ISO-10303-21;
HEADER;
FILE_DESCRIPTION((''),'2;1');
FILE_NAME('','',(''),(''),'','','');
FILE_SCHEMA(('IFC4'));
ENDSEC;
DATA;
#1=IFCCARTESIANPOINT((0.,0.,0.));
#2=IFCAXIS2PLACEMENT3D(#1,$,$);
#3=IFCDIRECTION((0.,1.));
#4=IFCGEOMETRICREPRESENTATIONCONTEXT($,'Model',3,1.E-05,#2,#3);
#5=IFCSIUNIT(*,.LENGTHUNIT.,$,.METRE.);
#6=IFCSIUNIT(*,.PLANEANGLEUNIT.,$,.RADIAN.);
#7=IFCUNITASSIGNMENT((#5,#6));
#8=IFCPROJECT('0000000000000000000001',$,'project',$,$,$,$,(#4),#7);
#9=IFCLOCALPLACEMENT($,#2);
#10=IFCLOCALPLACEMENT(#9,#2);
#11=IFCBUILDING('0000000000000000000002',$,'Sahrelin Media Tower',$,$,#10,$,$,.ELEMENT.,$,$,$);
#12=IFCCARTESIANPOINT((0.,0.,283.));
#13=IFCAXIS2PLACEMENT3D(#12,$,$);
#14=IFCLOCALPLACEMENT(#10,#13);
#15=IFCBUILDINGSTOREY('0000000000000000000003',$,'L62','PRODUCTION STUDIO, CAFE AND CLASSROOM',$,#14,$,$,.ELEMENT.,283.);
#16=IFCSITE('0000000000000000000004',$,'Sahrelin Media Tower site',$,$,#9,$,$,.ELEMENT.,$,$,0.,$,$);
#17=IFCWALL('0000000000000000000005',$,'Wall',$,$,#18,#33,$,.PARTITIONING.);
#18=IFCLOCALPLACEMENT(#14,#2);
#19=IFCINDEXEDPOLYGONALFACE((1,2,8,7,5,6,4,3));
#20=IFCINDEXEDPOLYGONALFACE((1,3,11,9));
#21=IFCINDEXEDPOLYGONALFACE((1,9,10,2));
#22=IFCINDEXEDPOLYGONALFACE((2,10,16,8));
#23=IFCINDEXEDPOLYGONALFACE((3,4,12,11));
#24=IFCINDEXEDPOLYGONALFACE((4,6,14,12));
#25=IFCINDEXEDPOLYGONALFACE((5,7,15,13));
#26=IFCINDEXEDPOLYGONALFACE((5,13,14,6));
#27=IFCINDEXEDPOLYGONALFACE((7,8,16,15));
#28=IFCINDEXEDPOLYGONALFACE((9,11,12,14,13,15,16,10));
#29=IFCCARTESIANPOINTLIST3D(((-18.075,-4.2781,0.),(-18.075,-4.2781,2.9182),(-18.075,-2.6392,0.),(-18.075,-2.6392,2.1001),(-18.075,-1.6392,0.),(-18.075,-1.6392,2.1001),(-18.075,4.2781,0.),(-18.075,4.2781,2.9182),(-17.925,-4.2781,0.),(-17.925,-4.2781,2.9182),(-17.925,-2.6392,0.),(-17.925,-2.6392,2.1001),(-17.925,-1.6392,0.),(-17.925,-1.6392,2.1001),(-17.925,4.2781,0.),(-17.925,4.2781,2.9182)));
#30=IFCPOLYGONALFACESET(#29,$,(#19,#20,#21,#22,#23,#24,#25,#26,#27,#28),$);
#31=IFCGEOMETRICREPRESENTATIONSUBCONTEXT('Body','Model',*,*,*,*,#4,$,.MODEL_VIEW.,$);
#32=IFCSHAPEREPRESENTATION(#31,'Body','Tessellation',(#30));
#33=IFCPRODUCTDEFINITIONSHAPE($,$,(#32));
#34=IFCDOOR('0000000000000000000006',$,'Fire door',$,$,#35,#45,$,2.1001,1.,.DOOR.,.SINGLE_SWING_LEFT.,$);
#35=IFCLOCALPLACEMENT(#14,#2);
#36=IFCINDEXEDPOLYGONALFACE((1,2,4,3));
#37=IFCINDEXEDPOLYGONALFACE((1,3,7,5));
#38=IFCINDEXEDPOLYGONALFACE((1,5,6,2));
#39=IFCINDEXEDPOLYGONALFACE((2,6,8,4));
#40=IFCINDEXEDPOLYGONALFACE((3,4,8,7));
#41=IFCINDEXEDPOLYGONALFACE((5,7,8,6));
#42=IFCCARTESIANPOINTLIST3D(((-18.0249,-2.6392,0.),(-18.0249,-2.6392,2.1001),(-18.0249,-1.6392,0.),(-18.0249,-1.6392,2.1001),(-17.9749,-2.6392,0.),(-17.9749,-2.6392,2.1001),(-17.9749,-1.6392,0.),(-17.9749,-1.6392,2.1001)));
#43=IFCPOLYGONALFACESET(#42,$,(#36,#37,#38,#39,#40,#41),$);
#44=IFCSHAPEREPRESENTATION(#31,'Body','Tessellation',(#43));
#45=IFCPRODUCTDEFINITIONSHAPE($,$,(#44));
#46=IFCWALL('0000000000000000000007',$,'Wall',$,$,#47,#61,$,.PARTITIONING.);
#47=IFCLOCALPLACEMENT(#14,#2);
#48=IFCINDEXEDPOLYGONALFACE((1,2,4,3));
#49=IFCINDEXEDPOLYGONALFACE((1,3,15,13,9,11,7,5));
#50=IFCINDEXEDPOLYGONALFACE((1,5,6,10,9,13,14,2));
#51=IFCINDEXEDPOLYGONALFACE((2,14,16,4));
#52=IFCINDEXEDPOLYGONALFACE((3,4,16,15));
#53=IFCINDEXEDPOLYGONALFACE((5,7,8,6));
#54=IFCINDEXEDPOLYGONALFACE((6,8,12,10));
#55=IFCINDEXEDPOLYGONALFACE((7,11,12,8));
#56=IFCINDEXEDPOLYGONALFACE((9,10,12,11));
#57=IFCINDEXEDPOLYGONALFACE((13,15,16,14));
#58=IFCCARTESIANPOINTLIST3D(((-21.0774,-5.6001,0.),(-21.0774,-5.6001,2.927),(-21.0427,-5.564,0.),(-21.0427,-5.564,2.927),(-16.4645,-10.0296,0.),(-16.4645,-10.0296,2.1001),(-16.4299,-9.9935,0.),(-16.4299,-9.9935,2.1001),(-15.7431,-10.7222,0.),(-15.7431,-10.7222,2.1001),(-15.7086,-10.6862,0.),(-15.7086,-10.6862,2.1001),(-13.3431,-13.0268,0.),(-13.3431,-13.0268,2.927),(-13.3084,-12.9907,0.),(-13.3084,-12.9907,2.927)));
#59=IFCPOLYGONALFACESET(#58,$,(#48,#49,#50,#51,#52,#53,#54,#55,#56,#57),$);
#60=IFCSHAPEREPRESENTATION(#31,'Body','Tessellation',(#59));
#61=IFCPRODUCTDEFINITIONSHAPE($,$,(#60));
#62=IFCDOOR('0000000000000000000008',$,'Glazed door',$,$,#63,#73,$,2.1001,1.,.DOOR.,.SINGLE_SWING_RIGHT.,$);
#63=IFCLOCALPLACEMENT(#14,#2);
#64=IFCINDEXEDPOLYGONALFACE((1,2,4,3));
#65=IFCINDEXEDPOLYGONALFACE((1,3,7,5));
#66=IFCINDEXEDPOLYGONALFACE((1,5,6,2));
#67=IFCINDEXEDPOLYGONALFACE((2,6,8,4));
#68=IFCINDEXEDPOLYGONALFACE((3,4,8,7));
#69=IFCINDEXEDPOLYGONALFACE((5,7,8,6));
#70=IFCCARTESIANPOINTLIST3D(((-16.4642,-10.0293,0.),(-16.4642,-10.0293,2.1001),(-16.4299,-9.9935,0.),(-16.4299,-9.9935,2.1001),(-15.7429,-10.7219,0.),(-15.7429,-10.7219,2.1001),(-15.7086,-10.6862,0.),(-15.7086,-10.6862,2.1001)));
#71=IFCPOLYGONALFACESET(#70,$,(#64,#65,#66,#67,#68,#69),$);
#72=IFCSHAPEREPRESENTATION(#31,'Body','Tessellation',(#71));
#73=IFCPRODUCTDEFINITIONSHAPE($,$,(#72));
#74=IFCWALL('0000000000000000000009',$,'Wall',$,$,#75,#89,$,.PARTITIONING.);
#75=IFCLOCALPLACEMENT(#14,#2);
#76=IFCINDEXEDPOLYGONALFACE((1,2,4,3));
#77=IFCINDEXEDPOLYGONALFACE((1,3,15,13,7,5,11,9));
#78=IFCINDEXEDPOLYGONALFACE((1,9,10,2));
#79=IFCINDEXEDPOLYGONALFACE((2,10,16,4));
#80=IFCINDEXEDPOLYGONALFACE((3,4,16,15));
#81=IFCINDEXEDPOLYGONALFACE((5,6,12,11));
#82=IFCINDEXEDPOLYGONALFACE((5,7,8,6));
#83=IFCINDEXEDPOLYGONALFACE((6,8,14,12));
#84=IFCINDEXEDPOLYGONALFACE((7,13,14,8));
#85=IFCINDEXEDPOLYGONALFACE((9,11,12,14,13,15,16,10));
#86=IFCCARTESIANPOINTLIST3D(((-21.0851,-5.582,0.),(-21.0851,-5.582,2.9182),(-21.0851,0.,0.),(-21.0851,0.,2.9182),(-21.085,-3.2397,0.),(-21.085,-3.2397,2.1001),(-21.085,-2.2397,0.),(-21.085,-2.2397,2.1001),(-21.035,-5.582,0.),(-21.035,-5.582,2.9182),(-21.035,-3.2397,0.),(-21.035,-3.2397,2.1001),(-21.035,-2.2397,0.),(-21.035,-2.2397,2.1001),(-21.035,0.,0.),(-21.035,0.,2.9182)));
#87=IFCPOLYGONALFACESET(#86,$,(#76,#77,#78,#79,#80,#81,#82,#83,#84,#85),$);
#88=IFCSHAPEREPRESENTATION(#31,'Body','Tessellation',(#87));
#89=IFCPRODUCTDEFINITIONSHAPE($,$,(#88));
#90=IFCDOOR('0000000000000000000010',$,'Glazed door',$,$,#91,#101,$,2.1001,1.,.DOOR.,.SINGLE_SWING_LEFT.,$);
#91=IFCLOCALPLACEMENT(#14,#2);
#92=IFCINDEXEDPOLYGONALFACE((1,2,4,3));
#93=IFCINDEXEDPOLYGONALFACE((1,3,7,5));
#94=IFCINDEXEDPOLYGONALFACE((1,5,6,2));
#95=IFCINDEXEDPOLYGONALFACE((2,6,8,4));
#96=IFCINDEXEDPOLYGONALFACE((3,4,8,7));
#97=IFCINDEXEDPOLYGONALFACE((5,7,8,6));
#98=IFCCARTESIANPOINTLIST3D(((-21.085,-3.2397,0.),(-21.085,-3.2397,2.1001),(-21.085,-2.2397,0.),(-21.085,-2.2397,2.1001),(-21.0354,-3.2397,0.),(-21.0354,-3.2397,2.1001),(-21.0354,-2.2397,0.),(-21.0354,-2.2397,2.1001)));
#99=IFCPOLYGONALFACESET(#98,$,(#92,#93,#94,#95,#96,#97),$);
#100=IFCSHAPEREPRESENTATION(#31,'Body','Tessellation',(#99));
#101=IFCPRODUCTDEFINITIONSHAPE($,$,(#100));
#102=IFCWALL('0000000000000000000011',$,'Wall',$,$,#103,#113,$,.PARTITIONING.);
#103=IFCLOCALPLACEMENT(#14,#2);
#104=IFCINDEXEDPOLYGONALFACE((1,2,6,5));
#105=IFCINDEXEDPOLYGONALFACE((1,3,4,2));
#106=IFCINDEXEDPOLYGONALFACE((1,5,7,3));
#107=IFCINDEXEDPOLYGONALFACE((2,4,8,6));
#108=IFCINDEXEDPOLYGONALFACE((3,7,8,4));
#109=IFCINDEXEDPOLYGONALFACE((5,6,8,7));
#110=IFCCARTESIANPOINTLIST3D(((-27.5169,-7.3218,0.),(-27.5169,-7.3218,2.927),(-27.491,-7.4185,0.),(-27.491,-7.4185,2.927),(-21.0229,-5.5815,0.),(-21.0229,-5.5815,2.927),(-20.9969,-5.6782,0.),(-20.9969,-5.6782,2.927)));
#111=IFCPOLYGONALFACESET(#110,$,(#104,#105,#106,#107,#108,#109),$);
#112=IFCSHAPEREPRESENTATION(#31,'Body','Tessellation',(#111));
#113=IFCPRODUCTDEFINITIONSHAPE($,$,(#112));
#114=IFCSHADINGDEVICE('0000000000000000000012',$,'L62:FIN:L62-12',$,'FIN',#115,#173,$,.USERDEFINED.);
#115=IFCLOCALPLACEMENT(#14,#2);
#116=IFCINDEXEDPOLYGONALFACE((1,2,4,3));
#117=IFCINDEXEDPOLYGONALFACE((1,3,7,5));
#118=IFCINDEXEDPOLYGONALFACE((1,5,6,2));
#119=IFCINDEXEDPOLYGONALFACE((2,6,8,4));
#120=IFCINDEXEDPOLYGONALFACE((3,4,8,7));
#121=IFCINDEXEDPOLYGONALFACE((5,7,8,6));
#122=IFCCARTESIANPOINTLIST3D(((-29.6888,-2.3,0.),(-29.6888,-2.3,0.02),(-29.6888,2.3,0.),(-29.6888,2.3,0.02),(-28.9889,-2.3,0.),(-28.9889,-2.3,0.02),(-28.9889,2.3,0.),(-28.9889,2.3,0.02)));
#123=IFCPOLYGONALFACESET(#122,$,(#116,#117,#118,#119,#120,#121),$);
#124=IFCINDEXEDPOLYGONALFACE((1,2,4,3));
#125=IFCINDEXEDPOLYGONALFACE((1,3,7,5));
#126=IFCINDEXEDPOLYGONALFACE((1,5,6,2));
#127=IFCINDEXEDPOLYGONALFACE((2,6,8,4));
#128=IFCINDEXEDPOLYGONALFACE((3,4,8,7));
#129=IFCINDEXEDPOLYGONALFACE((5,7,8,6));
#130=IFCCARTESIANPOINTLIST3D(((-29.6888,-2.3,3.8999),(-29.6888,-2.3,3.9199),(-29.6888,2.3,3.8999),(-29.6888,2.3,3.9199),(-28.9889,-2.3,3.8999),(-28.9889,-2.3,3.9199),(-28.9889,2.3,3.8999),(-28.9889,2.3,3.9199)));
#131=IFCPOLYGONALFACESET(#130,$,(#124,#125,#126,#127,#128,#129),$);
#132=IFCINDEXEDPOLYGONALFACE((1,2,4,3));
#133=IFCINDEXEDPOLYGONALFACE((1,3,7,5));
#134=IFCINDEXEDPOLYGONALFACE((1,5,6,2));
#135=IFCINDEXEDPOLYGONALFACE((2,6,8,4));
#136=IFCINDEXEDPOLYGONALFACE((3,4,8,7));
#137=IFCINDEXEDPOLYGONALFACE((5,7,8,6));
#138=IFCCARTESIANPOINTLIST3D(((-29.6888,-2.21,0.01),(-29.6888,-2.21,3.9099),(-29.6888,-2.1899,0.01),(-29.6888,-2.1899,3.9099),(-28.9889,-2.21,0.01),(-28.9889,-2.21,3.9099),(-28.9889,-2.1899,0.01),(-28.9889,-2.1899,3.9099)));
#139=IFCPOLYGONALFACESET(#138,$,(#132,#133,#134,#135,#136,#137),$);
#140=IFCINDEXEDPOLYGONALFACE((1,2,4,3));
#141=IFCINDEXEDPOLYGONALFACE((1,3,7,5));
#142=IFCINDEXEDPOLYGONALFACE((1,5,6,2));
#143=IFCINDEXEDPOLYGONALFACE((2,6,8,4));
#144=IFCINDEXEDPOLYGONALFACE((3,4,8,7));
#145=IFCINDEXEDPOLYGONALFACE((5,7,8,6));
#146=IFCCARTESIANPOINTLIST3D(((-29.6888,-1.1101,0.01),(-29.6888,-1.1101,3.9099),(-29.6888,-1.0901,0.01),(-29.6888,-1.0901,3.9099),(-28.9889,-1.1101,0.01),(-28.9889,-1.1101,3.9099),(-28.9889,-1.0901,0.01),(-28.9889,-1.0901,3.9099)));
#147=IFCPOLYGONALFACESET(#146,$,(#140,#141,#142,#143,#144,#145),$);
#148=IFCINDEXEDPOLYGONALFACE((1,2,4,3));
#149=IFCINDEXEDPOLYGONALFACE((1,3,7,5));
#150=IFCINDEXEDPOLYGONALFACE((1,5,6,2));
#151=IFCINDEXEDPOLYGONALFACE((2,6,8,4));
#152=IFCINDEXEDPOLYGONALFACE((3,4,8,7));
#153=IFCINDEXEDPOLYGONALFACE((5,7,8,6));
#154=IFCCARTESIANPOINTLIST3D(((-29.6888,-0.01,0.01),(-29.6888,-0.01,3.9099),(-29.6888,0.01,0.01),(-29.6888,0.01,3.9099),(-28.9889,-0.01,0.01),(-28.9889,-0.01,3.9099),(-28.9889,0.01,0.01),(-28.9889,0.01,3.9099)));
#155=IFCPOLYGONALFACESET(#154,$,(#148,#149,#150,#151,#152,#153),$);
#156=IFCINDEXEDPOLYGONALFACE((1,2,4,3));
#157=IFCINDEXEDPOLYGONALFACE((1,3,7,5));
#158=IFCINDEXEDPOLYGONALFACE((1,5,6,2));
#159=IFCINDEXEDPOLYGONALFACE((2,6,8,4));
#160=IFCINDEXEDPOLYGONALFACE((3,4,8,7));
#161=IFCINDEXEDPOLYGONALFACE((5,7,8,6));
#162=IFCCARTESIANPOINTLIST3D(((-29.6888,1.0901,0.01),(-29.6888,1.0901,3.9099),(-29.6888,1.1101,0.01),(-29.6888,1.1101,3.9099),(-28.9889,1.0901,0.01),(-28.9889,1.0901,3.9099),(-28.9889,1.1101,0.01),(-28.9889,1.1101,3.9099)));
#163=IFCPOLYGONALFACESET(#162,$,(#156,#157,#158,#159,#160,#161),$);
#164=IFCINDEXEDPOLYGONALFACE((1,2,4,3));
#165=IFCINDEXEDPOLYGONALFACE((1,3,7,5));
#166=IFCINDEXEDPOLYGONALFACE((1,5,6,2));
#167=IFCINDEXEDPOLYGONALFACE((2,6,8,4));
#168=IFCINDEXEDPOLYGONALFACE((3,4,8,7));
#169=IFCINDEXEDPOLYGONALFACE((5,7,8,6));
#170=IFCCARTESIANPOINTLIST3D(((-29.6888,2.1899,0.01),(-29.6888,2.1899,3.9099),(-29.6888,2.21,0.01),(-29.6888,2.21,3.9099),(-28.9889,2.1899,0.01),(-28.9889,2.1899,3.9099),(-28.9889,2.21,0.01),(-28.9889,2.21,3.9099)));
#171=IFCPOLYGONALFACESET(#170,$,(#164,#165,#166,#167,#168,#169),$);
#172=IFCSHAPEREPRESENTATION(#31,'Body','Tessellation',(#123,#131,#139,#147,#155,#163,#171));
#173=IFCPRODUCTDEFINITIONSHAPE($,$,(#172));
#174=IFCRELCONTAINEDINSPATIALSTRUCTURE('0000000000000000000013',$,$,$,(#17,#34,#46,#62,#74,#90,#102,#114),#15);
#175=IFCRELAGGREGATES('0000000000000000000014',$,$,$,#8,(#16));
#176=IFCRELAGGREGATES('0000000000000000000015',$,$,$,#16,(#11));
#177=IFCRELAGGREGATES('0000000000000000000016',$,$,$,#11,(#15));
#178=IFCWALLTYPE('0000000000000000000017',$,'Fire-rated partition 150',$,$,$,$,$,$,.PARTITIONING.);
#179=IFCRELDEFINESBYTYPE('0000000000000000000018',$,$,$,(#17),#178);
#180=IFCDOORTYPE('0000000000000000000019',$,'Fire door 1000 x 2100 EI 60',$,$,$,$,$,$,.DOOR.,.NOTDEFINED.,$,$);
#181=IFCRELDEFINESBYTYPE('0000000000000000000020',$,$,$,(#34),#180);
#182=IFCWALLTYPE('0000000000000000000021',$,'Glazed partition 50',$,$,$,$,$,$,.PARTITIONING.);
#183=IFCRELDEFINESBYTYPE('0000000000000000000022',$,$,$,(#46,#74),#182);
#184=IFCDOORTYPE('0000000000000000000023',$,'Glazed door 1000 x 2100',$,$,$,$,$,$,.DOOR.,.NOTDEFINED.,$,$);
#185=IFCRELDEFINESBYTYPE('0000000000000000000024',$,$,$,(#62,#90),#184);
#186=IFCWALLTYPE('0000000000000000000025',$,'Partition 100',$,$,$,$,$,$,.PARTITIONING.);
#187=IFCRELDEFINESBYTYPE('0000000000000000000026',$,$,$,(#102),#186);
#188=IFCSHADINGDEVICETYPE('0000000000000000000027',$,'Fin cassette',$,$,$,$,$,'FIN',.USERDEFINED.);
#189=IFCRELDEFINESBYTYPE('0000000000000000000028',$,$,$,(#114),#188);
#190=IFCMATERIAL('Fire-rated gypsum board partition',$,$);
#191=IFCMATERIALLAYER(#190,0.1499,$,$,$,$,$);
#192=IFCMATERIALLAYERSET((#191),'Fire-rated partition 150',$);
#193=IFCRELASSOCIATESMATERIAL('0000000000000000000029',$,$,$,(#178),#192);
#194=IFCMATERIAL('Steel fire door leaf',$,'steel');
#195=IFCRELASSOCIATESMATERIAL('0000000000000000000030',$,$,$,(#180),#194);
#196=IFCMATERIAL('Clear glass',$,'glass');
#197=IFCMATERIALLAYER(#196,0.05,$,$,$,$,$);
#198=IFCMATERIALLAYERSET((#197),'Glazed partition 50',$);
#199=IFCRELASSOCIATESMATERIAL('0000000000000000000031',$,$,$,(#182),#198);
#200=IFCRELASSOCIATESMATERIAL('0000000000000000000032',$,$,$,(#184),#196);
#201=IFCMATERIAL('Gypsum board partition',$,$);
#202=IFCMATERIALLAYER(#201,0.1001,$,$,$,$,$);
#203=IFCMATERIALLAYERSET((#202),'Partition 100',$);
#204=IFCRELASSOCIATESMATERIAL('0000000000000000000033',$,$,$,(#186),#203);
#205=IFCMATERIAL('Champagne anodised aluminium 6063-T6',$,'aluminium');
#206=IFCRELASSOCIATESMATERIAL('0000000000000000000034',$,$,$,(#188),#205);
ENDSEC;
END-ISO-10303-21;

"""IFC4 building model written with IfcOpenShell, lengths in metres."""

from ifc_helpers import new_model, si_unit, direction, frame, frame_2d, origin, origin_2d, place, context, subcontext, project, spatial, rectangle, extrude, material, layer, layer_set, type_object, element, fill, save


model = new_model("IFC4")

# Units and contexts
model_context = context("Model", 3, precision=1e-05, world=origin(), true_north=direction((0.0, 1.0)))
body_context = subcontext(model_context, "Body", "Model", "MODEL_VIEW")
ifc_project = project(units=[si_unit("LENGTHUNIT", "METRE"), si_unit("PLANEANGLEUNIT", "RADIAN")], contexts=[model_context])

# Site, building, storey
site_placement = place(None, origin())
site = spatial("IfcSite", under=ifc_project, at=site_placement, Name="Sahrelin Media Tower site", CompositionType="ELEMENT", RefElevation=0.0)
building_placement = place(site_placement, origin())
building = spatial("IfcBuilding", under=site, at=building_placement, Name="Sahrelin Media Tower", CompositionType="ELEMENT")
storey_placement = place(building_placement, frame((0.0, 0.0, 283.0)))
storey = spatial("IfcBuildingStorey", under=building, at=storey_placement, Name="L62", Description="PRODUCTION STUDIO, CAFE AND CLASSROOM", CompositionType="ELEMENT", Elevation=283.0)

# Shared definitions
ifc_material_1 = material(Name="Champagne anodised aluminium 6063-T6", Category="aluminium")

# Shared definitions
ifc_material_2 = material(Name="Fire-rated gypsum board partition")
ifc_layer_1 = layer(ifc_material_2, 0.1499)
ifc_layer_set_1 = layer_set([ifc_layer_1], Name="Fire-rated partition 150")
wall_type_1 = type_object("IfcWallType", Name="Fire-rated partition 150", PredefinedType="PARTITIONING", material=ifc_layer_set_1)
ifc_material_3 = material(Name="Steel fire door leaf", Category="steel")
door_type_1 = type_object("IfcDoorType", Name="Fire door 1000 x 2100 EI 60", OperationType="NOTDEFINED", PredefinedType="DOOR", material=ifc_material_3)

# Walls, openings, doors
wall_1_placement = place(storey_placement, frame((-18.0, -4.2781, 0.0), z_axis=(0.0, 0.0, 1.0), x_axis=(0.0, 1.0, 0.0)))
wall_1 = element("IfcWall", 1, at=wall_1_placement, inside=storey, type_object=wall_type_1, Name="Wall", PredefinedType="PARTITIONING", context=body_context, shape_type="SweptSolid", body=[
    extrude(rectangle(XDim=8.5562, YDim=0.1499, at=frame_2d((4.2781, 0.0))), origin(), (0.0, 0.0, 1.0), 2.9182),
])
opening_1_placement = place(wall_1_placement, frame((1.6389, 0.0, 0.0)))
opening_1 = element("IfcOpeningElement", 2, at=opening_1_placement, cuts=wall_1, PredefinedType="OPENING", context=body_context, shape_type="SweptSolid", body=[
    extrude(rectangle(XDim=1.0, YDim=2.1001, at=frame_2d((0.5, 1.05))), frame((0.0, 0.075, 0.0), z_axis=(0.0, -1.0, 0.0), x_axis=(1.0, 0.0, 0.0)), (0.0, 0.0, 1.0), 0.1499),
])
door_1_placement = place(opening_1_placement, origin())
door_1 = element("IfcDoor", 3, at=door_1_placement, inside=storey, type_object=door_type_1, Name="Fire door", OperationType="SINGLE_SWING_LEFT", OverallHeight=2.1001, OverallWidth=1.0, PredefinedType="DOOR", context=body_context, shape_type="SweptSolid", body=[
    extrude(rectangle(XDim=1.0, YDim=2.1001, at=frame_2d((0.5, 1.05))), frame((0.0, 0.0249, 0.0), z_axis=(0.0, -1.0, 0.0), x_axis=(1.0, 0.0, 0.0)), (0.0, 0.0, 1.0), 0.05),
])
fill(opening_1, door_1)
ifc_material_4 = material(Name="Clear glass", Category="glass")
ifc_layer_2 = layer(ifc_material_4, 0.05)
ifc_layer_set_2 = layer_set([ifc_layer_2], Name="Glazed partition 50")
wall_type_2 = type_object("IfcWallType", Name="Glazed partition 50", PredefinedType="PARTITIONING", material=ifc_layer_set_2)
wall_2_placement = place(storey_placement, frame((-21.0601, -5.582, 0.0), z_axis=(0.0, 0.0, 1.0), x_axis=(0.721305, -0.692617, 0.0)))
wall_2 = element("IfcWall", 4, at=wall_2_placement, inside=storey, type_object=wall_type_2, Name="Wall", PredefinedType="PARTITIONING", context=body_context, shape_type="SweptSolid", body=[
    extrude(rectangle(XDim=10.7227, YDim=0.05, at=frame_2d((5.3613, 0.0))), origin(), (0.0, 0.0, 1.0), 2.927),
])
opening_2_placement = place(wall_2_placement, frame((6.3953, 0.0, 0.0)))
opening_2 = element("IfcOpeningElement", 5, at=opening_2_placement, cuts=wall_2, PredefinedType="OPENING", context=body_context, shape_type="SweptSolid", body=[
    extrude(rectangle(XDim=1.0, YDim=2.1001, at=frame_2d((0.5, 1.05))), frame((0.0, 0.0249, 0.0), z_axis=(0.0, -1.0, 0.0), x_axis=(1.0, 0.0, 0.0)), (0.0, 0.0, 1.0), 0.05),
])
door_type_2 = type_object("IfcDoorType", Name="Glazed door 1000 x 2100", OperationType="NOTDEFINED", PredefinedType="DOOR", material=ifc_material_4)
door_2_placement = place(opening_2_placement, origin())
door_2 = element("IfcDoor", 6, at=door_2_placement, inside=storey, type_object=door_type_2, Name="Glazed door", OperationType="SINGLE_SWING_RIGHT", OverallHeight=2.1001, OverallWidth=1.0, PredefinedType="DOOR", context=body_context, shape_type="SweptSolid", body=[
    extrude(rectangle(XDim=1.0, YDim=2.1001, at=frame_2d((0.5, 1.05))), frame((0.0, 0.0249, 0.0), z_axis=(0.0, -1.0, 0.0), x_axis=(1.0, 0.0, 0.0)), (0.0, 0.0, 1.0), 0.0496),
])
fill(opening_2, door_2)
wall_3_placement = place(storey_placement, frame((-21.0601, -5.582, 0.0), z_axis=(0.0, 0.0, 1.0), x_axis=(0.0, 1.0, 0.0)))
wall_3 = element("IfcWall", 7, at=wall_3_placement, inside=storey, type_object=wall_type_2, Name="Wall", PredefinedType="PARTITIONING", context=body_context, shape_type="SweptSolid", body=[
    extrude(rectangle(XDim=5.582, YDim=0.05, at=frame_2d((2.791, 0.0))), origin(), (0.0, 0.0, 1.0), 2.9182),
])
opening_3_placement = place(wall_3_placement, frame((2.3423, 0.0, 0.0)))
opening_3 = element("IfcOpeningElement", 8, at=opening_3_placement, cuts=wall_3, PredefinedType="OPENING", context=body_context, shape_type="SweptSolid", body=[
    extrude(rectangle(XDim=1.0, YDim=2.1001, at=frame_2d((0.5, 1.05))), frame((0.0, 0.0249, 0.0), z_axis=(0.0, -1.0, 0.0), x_axis=(1.0, 0.0, 0.0)), (0.0, 0.0, 1.0), 0.05),
])
door_3_placement = place(opening_3_placement, origin())
door_3 = element("IfcDoor", 9, at=door_3_placement, inside=storey, type_object=door_type_2, Name="Glazed door", OperationType="SINGLE_SWING_LEFT", OverallHeight=2.1001, OverallWidth=1.0, PredefinedType="DOOR", context=body_context, shape_type="SweptSolid", body=[
    extrude(rectangle(XDim=1.0, YDim=2.1001, at=frame_2d((0.5, 1.05))), frame((0.0, 0.0249, 0.0), z_axis=(0.0, -1.0, 0.0), x_axis=(1.0, 0.0, 0.0)), (0.0, 0.0, 1.0), 0.0496),
])
fill(opening_3, door_3)

# Wall
ifc_material_5 = material(Name="Gypsum board partition")
ifc_layer_3 = layer(ifc_material_5, 0.1001)
ifc_layer_set_3 = layer_set([ifc_layer_3], Name="Partition 100")
wall_type_3 = type_object("IfcWallType", Name="Partition 100", PredefinedType="PARTITIONING", material=ifc_layer_set_3)
wall_4_placement = place(storey_placement, frame((-27.5039, -7.3701, 0.0), z_axis=(0.0, 0.0, 1.0), x_axis=(0.965918, 0.258847, 0.0)))
element("IfcWall", 10, at=wall_4_placement, inside=storey, type_object=wall_type_3, Name="Wall", PredefinedType="PARTITIONING", context=body_context, shape_type="SweptSolid", body=[
    extrude(rectangle(XDim=6.7231, YDim=0.1001, at=frame_2d((3.3616, 0.0))), origin(), (0.0, 0.0, 1.0), 2.927),
])

# Shading device
shading_device_type_1 = type_object("IfcShadingDeviceType", Name="Fin cassette", ElementType="FIN", PredefinedType="USERDEFINED", material=ifc_material_1)
placement_1 = place(storey_placement, frame((-28.9189, 0.0, 0.0), z_axis=(0.0, 0.0, 1.0), x_axis=(0.0, 1.0, 0.0)))
element("IfcShadingDevice", 11, at=placement_1, inside=storey, type_object=shading_device_type_1, Name="L62:FIN:L62-12", ObjectType="FIN", PredefinedType="USERDEFINED", context=body_context, shape_type="SweptSolid", body=[
    extrude(rectangle(XDim=4.6001, YDim=0.7, at=origin_2d()), frame((0.0, 0.4199, 0.0)), (0.0, 0.0, 1.0), 0.02),
    extrude(rectangle(XDim=4.6001, YDim=0.7, at=origin_2d()), frame((0.0, 0.4199, 3.8999)), (0.0, 0.0, 1.0), 0.02),
    extrude(rectangle(XDim=0.02, YDim=0.7, at=origin_2d()), frame((-2.2, 0.4199, 0.01), z_axis=(0.0, 0.0, 1.0), x_axis=(1.0, 0.0, 0.0)), (0.0, 0.0, 1.0), 3.8999),
    extrude(rectangle(XDim=0.02, YDim=0.7, at=origin_2d()), frame((-1.1001, 0.4199, 0.01), z_axis=(0.0, 0.0, 1.0), x_axis=(1.0, 0.0, 0.0)), (0.0, 0.0, 1.0), 3.8999),
    extrude(rectangle(XDim=0.02, YDim=0.7, at=origin_2d()), frame((0.0, 0.4199, 0.01), z_axis=(0.0, 0.0, 1.0), x_axis=(1.0, 0.0, 0.0)), (0.0, 0.0, 1.0), 3.8999),
    extrude(rectangle(XDim=0.02, YDim=0.7, at=origin_2d()), frame((1.1001, 0.4199, 0.01), z_axis=(0.0, 0.0, 1.0), x_axis=(1.0, 0.0, 0.0)), (0.0, 0.0, 1.0), 3.8999),
    extrude(rectangle(XDim=0.02, YDim=0.7, at=origin_2d()), frame((2.2, 0.4199, 0.01), z_axis=(0.0, 0.0, 1.0), x_axis=(1.0, 0.0, 0.0)), (0.0, 0.0, 1.0), 3.8999),
])

save(model, "model.ifc")
